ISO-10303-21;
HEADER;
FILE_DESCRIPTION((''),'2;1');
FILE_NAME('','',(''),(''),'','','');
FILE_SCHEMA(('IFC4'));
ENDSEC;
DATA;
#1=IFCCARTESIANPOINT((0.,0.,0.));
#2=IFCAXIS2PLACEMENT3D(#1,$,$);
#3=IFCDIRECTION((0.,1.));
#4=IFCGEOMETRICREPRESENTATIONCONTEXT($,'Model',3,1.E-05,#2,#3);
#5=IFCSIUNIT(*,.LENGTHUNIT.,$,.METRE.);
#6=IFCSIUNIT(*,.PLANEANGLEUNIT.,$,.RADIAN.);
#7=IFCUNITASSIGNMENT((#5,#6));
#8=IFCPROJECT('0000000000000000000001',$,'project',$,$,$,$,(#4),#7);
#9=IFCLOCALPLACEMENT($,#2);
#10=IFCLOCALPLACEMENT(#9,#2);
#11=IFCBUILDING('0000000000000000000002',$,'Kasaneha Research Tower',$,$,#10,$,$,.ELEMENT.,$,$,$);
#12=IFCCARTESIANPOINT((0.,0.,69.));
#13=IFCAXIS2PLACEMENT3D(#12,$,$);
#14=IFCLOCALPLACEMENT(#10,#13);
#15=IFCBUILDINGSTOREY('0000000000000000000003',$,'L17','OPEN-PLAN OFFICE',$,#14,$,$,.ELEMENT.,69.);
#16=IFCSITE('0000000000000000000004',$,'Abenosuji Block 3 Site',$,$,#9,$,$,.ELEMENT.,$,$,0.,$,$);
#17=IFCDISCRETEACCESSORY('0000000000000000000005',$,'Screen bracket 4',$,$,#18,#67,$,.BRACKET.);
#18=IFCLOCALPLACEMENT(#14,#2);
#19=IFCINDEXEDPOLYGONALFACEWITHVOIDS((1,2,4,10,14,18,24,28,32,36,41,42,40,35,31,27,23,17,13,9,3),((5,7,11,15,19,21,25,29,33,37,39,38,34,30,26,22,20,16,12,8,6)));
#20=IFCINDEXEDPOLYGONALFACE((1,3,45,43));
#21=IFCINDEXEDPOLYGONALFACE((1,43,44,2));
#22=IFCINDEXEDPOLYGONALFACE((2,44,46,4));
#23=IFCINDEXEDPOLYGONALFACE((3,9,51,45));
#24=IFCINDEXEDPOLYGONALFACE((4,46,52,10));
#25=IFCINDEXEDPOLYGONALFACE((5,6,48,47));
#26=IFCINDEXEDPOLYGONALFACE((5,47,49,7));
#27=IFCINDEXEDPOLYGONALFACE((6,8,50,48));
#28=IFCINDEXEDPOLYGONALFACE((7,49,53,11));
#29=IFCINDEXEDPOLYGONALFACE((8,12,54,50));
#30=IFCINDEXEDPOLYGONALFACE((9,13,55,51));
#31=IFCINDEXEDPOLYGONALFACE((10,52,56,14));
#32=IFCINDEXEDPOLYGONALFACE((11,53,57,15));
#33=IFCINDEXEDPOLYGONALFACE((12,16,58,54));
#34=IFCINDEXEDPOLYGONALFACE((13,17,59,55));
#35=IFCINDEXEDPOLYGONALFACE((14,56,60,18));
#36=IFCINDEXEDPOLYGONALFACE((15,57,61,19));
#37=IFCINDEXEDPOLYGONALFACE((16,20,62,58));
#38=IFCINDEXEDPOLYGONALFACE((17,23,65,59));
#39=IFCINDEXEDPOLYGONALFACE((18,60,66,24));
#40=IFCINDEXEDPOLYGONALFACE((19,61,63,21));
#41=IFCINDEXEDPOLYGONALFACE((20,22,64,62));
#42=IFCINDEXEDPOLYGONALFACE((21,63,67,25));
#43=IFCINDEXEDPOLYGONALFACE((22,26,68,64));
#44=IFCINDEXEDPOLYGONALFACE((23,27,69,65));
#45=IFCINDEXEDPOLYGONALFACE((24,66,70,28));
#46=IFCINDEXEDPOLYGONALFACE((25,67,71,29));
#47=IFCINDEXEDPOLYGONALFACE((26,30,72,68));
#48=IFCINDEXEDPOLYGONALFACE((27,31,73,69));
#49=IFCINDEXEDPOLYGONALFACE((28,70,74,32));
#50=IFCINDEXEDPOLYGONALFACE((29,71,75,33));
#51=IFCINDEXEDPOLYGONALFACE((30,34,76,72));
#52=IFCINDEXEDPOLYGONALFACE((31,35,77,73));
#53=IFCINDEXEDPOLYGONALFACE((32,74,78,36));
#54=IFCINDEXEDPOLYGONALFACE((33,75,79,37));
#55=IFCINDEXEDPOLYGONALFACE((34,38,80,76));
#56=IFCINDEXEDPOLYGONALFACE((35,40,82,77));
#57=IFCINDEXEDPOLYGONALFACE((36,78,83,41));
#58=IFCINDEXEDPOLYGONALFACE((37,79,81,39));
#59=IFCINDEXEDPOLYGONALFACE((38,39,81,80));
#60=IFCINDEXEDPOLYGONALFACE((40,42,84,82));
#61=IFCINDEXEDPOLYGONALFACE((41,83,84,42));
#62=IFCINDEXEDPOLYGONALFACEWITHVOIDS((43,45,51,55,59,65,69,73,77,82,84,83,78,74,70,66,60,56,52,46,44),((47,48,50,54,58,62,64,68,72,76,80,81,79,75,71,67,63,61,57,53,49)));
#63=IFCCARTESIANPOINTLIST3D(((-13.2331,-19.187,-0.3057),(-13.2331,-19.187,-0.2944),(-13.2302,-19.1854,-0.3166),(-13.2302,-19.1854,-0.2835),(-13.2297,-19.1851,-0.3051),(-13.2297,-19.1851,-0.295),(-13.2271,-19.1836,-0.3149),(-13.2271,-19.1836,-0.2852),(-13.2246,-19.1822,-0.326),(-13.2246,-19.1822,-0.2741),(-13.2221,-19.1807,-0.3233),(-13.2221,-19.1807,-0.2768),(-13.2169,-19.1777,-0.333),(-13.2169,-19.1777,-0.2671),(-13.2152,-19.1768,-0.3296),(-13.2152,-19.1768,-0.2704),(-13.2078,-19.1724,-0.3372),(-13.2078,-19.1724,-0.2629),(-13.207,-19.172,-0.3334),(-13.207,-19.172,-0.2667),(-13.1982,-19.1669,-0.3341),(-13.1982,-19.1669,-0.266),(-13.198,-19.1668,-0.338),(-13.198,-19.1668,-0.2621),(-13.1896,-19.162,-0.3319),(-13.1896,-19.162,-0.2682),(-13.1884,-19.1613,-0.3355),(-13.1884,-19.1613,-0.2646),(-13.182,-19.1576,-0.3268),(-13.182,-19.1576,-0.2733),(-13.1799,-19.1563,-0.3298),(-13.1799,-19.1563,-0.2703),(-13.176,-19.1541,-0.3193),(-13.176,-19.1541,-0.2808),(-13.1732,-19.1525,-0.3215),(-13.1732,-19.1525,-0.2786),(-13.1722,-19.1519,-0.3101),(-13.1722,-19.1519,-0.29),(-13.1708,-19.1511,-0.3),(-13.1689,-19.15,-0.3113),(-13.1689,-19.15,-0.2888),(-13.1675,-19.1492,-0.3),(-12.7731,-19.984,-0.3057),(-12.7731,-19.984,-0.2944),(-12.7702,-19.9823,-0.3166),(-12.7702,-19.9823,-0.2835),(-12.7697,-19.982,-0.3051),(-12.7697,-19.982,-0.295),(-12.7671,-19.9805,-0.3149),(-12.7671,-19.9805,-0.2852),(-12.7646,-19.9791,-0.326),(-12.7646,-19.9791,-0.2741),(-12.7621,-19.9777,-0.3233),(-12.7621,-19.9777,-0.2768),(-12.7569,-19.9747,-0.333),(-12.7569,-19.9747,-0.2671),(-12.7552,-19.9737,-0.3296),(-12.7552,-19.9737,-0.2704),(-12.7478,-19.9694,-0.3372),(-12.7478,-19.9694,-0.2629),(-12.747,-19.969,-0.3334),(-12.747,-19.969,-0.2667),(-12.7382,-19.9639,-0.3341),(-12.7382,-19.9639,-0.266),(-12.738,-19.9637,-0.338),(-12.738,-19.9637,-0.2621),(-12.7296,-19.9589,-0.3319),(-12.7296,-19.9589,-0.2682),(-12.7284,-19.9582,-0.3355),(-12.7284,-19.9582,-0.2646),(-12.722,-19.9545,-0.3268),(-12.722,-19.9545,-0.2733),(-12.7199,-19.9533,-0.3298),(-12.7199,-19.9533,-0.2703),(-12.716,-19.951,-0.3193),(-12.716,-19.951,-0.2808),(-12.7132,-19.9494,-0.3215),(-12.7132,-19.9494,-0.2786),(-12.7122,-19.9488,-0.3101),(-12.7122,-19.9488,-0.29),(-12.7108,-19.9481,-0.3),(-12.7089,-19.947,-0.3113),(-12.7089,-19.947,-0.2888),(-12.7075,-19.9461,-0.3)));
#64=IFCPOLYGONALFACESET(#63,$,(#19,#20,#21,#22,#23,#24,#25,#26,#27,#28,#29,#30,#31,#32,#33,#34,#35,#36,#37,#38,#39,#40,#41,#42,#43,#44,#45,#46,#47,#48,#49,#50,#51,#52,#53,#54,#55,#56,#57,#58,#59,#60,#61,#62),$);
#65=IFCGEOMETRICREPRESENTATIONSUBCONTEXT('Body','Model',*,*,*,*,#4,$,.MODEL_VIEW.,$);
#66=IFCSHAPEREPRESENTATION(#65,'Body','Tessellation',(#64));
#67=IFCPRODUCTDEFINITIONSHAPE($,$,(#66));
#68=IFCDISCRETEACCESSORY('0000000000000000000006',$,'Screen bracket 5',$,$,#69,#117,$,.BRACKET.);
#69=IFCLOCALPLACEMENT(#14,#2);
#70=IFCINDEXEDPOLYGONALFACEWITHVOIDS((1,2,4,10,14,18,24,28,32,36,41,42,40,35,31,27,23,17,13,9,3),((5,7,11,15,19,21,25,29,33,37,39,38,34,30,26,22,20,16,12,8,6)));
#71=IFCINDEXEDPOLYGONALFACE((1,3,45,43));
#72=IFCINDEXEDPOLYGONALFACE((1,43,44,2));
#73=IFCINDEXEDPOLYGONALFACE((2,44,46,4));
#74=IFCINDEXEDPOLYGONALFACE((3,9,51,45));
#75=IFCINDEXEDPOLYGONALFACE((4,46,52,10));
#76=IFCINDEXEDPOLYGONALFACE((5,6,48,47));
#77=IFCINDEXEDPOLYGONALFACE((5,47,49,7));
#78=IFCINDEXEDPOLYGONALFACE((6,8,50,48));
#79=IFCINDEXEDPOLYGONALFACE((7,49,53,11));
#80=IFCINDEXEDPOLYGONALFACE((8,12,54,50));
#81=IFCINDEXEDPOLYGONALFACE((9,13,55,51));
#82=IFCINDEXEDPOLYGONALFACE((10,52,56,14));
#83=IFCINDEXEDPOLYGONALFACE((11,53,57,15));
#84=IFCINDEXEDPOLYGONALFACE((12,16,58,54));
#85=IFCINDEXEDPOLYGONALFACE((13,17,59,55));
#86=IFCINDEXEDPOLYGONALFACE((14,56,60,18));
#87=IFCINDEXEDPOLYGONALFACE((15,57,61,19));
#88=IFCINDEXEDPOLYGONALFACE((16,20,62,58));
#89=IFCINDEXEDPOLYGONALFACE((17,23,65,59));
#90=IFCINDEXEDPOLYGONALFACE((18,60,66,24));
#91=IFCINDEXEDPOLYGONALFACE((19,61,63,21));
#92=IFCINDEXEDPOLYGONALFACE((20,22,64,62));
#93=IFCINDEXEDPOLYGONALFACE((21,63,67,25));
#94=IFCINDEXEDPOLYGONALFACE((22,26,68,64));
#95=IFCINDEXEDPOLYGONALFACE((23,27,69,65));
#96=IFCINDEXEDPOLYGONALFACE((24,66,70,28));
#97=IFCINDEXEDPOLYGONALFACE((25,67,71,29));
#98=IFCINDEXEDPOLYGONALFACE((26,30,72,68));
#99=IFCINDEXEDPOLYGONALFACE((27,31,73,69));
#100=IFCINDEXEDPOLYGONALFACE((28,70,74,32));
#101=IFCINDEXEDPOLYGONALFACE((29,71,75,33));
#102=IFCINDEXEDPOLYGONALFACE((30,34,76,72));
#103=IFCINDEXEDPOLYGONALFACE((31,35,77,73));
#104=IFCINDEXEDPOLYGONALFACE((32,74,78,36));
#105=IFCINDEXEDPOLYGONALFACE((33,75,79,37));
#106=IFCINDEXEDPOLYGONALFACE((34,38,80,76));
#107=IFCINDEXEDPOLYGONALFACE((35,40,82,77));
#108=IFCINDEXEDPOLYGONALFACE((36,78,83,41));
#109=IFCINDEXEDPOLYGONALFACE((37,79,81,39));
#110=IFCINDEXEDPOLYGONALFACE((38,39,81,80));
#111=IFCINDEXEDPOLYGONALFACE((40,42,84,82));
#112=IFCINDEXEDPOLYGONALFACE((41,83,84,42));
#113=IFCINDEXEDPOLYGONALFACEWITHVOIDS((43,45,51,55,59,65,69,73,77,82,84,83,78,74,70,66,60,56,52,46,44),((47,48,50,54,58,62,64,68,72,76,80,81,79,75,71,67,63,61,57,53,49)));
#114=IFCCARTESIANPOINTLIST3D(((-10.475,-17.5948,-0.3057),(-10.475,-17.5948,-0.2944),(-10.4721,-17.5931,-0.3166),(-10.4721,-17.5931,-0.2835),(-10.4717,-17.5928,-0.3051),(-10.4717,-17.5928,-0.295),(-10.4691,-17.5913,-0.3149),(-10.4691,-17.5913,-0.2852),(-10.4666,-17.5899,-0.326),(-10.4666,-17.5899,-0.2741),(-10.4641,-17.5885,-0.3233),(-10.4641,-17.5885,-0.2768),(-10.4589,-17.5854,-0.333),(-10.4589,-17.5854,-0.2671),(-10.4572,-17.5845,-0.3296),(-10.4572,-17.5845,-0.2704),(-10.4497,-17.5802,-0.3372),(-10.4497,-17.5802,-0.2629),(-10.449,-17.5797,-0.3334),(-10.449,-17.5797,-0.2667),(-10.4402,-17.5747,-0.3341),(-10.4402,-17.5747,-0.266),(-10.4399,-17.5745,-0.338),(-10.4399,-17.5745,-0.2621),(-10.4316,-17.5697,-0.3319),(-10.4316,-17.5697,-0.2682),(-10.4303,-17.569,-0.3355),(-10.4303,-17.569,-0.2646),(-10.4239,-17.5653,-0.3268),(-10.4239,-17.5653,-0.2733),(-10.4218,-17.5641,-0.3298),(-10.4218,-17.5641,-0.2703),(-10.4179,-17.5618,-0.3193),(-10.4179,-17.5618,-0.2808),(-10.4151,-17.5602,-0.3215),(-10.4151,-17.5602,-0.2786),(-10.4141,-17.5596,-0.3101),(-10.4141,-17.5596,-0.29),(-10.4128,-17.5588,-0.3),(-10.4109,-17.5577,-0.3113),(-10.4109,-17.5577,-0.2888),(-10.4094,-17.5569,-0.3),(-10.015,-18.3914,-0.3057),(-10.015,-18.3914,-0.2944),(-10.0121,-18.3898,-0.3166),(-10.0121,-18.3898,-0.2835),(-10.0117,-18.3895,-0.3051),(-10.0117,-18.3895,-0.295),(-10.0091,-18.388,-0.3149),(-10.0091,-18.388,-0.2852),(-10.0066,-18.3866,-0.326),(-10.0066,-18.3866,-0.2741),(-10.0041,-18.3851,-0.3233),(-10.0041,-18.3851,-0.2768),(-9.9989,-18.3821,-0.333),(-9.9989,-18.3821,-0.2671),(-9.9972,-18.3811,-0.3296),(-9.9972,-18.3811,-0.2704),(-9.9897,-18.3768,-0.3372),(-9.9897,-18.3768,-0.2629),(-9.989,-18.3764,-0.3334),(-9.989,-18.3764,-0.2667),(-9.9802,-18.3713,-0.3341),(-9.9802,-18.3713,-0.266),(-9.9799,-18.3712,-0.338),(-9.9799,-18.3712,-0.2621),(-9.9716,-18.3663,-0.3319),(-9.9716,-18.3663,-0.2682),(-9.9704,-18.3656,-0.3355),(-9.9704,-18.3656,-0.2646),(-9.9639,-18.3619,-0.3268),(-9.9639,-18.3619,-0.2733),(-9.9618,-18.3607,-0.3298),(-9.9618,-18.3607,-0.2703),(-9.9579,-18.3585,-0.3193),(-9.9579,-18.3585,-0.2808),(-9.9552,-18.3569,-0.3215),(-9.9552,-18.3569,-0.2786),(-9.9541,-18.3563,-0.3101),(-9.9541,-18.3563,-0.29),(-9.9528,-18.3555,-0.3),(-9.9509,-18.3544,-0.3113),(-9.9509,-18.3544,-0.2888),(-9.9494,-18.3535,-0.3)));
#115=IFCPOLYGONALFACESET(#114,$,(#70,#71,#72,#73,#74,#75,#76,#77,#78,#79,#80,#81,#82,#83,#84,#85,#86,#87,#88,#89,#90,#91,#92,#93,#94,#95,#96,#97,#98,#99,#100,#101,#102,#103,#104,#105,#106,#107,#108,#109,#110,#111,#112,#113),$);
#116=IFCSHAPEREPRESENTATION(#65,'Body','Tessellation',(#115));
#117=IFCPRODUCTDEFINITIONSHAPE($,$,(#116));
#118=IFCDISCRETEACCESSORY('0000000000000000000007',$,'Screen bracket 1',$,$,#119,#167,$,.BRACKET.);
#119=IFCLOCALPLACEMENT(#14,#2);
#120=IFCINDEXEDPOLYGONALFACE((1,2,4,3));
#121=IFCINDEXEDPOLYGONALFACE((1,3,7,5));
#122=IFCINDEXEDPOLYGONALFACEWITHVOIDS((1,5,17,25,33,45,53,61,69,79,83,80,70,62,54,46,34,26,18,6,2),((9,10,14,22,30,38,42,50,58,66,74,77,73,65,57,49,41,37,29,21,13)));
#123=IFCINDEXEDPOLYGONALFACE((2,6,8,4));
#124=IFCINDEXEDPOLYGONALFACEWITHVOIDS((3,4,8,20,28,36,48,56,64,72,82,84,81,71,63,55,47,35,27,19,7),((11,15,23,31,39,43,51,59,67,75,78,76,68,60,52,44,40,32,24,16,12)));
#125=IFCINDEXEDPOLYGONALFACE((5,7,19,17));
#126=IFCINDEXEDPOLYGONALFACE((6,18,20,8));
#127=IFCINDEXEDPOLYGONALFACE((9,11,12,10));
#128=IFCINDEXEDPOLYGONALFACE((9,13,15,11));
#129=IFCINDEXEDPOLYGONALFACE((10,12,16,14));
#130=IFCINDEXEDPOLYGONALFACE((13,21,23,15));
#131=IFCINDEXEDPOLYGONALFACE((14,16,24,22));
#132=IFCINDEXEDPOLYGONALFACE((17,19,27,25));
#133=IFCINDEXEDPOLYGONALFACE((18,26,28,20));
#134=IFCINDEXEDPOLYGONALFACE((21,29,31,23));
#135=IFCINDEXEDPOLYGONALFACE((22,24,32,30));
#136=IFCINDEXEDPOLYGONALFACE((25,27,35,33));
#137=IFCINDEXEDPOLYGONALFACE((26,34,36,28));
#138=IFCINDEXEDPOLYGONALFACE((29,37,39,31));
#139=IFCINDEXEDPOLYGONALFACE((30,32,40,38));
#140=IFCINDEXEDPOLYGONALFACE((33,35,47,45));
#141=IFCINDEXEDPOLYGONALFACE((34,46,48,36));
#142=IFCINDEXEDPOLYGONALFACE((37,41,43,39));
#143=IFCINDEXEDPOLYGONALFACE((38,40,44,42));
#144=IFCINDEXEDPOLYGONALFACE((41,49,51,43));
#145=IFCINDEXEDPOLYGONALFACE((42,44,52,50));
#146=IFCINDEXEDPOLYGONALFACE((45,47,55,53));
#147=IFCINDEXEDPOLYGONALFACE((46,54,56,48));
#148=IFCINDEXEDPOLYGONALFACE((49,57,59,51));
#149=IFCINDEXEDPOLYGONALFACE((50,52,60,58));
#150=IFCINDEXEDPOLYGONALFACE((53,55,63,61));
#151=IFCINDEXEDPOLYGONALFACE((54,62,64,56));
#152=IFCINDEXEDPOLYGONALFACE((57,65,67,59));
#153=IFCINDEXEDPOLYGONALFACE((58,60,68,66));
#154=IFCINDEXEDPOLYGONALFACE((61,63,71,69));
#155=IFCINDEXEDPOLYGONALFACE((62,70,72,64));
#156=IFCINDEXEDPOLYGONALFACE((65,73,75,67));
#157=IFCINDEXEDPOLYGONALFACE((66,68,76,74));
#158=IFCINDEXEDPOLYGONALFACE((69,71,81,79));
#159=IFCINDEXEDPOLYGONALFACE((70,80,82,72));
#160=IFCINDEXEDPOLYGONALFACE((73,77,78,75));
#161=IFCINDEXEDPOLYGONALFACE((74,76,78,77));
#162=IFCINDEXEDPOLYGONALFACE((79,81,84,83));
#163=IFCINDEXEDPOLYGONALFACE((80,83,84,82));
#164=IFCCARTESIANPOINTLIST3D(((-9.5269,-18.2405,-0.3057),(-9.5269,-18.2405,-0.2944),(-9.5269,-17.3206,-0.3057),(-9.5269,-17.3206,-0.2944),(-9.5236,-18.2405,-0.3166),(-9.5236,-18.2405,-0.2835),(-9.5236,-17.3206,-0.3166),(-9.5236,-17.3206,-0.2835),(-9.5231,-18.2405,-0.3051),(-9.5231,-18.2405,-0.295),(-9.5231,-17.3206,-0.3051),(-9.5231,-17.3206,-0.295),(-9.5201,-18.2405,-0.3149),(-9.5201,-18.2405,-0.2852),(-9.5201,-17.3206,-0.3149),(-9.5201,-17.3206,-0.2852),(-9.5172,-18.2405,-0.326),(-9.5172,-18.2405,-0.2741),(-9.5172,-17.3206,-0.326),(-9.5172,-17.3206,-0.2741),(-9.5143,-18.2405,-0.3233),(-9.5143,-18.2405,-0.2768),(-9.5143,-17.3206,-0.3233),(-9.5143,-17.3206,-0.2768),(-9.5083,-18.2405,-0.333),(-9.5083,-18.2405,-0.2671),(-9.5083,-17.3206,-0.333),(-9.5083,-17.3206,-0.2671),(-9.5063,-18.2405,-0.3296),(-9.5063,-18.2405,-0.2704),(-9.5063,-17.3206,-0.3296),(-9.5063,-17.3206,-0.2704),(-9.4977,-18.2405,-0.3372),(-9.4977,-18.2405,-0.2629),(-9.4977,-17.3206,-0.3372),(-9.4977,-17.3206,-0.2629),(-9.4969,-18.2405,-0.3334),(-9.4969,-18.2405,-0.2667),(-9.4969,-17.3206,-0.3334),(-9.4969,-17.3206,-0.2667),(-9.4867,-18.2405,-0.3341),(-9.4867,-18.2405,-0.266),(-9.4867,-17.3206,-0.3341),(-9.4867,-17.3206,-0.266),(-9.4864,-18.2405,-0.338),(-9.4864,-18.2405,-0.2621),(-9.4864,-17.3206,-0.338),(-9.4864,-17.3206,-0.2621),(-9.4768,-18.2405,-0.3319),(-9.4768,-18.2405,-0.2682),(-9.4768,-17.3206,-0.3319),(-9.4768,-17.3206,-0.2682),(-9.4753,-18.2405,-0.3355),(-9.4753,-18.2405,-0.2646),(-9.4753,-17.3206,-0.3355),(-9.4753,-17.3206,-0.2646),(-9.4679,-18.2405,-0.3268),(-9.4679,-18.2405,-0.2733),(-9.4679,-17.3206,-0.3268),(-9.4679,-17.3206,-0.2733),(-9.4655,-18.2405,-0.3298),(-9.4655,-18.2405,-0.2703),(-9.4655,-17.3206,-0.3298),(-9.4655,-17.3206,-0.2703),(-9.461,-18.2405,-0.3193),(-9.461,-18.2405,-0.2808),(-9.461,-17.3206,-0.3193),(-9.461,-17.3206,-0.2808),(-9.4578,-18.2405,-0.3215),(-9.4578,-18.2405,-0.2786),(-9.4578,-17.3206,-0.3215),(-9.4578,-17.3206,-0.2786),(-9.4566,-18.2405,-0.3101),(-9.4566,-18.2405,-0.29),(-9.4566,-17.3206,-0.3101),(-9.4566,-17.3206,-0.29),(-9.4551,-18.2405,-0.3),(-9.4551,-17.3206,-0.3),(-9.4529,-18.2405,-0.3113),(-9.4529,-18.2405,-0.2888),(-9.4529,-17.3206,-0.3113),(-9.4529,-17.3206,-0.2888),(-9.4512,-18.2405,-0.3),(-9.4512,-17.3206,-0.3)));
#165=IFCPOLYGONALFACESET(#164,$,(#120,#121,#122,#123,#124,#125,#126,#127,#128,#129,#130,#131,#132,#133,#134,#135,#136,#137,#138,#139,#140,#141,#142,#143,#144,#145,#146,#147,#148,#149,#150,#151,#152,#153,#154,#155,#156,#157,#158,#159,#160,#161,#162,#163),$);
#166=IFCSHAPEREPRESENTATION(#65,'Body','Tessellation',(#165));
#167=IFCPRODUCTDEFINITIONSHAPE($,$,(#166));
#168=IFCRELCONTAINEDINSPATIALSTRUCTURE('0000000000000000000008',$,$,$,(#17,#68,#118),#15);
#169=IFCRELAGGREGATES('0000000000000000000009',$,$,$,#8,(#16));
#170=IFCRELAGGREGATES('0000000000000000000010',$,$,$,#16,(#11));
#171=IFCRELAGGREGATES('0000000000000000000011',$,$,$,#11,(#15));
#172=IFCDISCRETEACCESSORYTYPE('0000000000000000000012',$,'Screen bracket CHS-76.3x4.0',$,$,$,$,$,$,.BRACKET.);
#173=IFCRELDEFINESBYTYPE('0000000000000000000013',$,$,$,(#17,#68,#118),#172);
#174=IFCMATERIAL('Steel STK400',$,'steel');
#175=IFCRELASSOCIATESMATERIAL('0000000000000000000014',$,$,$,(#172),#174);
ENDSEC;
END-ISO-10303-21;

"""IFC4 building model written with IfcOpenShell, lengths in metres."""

from ifc_helpers import new_model, si_unit, direction, frame, origin, origin_2d, place, context, subcontext, project, spatial, hollow_circle, extrude, material, material_profile, profile_set, type_object, element, save


model = new_model("IFC4")

# Units and contexts
model_context = context("Model", 3, precision=1e-05, world=origin(), true_north=direction((0.0, 1.0)))
body_context = subcontext(model_context, "Body", "Model", "MODEL_VIEW")
ifc_project = project(units=[si_unit("LENGTHUNIT", "METRE"), si_unit("PLANEANGLEUNIT", "RADIAN")], contexts=[model_context])

# Site, building, storey
site_placement = place(None, origin())
site = spatial("IfcSite", under=ifc_project, at=site_placement, Name="Abenosuji Block 3 Site", CompositionType="ELEMENT", RefElevation=0.0)
building_placement = place(site_placement, origin())
building = spatial("IfcBuilding", under=site, at=building_placement, Name="Kasaneha Research Tower", CompositionType="ELEMENT")
storey_placement = place(building_placement, frame((0.0, 0.0, 69.0)))
storey = spatial("IfcBuildingStorey", under=building, at=storey_placement, Name="L17", Description="OPEN-PLAN OFFICE", CompositionType="ELEMENT", Elevation=69.0)

# Discrete accessories
ifc_material_1 = material(Name="Steel STK400", Category="steel")
ifc_material_profile_1 = material_profile(ifc_material_1, hollow_circle(Radius=0.0381, WallThickness=0.0039, at=origin_2d()), Name="CHS-76.3x4.0")
ifc_profile_set_1 = profile_set([ifc_material_profile_1], Name="Steel STK400")
discrete_accessory_type = type_object("IfcDiscreteAccessoryType", Name="Screen bracket CHS-76.3x4.0", PredefinedType="BRACKET", material=ifc_profile_set_1)
discrete_accessory_1_placement = place(storey_placement, frame((-13.2004, -19.1682, -0.3), z_axis=(0.499906, -0.86608, 0.0), x_axis=(0.86608, 0.499906, 0.0)))
element("IfcDiscreteAccessory", 1, at=discrete_accessory_1_placement, inside=storey, type_object=discrete_accessory_type, Name="Screen bracket 4", PredefinedType="BRACKET", context=body_context, shape_type="SweptSolid", body=[
    extrude(hollow_circle(Radius=0.0381, WallThickness=0.0039, at=origin_2d()), origin(), (0.0, 0.0, 1.0), 0.9202),
])
for number, where, z_axis, x_axis, name in (
    (2, (-10.4424, -17.5759, -0.3), (0.500021, -0.866013, 0.0), (0.866013, 0.500021, 0.0), "Screen bracket 5"),
    (3, (-9.4893, -17.3206, -0.3), (0.0, -1.0, 0.0), (1.0, 0.0, 0.0), "Screen bracket 1"),
):
    element("IfcDiscreteAccessory", number, at=place(storey_placement, frame(where, z_axis=z_axis, x_axis=x_axis)), inside=storey, type_object=discrete_accessory_type, Name=name, PredefinedType="BRACKET", context=body_context, shape_type="SweptSolid", body=[
        extrude(hollow_circle(Radius=0.0381, WallThickness=0.0039, at=origin_2d()), origin(), (0.0, 0.0, 1.0), 0.9199),
    ])

save(model, "model.ifc")
